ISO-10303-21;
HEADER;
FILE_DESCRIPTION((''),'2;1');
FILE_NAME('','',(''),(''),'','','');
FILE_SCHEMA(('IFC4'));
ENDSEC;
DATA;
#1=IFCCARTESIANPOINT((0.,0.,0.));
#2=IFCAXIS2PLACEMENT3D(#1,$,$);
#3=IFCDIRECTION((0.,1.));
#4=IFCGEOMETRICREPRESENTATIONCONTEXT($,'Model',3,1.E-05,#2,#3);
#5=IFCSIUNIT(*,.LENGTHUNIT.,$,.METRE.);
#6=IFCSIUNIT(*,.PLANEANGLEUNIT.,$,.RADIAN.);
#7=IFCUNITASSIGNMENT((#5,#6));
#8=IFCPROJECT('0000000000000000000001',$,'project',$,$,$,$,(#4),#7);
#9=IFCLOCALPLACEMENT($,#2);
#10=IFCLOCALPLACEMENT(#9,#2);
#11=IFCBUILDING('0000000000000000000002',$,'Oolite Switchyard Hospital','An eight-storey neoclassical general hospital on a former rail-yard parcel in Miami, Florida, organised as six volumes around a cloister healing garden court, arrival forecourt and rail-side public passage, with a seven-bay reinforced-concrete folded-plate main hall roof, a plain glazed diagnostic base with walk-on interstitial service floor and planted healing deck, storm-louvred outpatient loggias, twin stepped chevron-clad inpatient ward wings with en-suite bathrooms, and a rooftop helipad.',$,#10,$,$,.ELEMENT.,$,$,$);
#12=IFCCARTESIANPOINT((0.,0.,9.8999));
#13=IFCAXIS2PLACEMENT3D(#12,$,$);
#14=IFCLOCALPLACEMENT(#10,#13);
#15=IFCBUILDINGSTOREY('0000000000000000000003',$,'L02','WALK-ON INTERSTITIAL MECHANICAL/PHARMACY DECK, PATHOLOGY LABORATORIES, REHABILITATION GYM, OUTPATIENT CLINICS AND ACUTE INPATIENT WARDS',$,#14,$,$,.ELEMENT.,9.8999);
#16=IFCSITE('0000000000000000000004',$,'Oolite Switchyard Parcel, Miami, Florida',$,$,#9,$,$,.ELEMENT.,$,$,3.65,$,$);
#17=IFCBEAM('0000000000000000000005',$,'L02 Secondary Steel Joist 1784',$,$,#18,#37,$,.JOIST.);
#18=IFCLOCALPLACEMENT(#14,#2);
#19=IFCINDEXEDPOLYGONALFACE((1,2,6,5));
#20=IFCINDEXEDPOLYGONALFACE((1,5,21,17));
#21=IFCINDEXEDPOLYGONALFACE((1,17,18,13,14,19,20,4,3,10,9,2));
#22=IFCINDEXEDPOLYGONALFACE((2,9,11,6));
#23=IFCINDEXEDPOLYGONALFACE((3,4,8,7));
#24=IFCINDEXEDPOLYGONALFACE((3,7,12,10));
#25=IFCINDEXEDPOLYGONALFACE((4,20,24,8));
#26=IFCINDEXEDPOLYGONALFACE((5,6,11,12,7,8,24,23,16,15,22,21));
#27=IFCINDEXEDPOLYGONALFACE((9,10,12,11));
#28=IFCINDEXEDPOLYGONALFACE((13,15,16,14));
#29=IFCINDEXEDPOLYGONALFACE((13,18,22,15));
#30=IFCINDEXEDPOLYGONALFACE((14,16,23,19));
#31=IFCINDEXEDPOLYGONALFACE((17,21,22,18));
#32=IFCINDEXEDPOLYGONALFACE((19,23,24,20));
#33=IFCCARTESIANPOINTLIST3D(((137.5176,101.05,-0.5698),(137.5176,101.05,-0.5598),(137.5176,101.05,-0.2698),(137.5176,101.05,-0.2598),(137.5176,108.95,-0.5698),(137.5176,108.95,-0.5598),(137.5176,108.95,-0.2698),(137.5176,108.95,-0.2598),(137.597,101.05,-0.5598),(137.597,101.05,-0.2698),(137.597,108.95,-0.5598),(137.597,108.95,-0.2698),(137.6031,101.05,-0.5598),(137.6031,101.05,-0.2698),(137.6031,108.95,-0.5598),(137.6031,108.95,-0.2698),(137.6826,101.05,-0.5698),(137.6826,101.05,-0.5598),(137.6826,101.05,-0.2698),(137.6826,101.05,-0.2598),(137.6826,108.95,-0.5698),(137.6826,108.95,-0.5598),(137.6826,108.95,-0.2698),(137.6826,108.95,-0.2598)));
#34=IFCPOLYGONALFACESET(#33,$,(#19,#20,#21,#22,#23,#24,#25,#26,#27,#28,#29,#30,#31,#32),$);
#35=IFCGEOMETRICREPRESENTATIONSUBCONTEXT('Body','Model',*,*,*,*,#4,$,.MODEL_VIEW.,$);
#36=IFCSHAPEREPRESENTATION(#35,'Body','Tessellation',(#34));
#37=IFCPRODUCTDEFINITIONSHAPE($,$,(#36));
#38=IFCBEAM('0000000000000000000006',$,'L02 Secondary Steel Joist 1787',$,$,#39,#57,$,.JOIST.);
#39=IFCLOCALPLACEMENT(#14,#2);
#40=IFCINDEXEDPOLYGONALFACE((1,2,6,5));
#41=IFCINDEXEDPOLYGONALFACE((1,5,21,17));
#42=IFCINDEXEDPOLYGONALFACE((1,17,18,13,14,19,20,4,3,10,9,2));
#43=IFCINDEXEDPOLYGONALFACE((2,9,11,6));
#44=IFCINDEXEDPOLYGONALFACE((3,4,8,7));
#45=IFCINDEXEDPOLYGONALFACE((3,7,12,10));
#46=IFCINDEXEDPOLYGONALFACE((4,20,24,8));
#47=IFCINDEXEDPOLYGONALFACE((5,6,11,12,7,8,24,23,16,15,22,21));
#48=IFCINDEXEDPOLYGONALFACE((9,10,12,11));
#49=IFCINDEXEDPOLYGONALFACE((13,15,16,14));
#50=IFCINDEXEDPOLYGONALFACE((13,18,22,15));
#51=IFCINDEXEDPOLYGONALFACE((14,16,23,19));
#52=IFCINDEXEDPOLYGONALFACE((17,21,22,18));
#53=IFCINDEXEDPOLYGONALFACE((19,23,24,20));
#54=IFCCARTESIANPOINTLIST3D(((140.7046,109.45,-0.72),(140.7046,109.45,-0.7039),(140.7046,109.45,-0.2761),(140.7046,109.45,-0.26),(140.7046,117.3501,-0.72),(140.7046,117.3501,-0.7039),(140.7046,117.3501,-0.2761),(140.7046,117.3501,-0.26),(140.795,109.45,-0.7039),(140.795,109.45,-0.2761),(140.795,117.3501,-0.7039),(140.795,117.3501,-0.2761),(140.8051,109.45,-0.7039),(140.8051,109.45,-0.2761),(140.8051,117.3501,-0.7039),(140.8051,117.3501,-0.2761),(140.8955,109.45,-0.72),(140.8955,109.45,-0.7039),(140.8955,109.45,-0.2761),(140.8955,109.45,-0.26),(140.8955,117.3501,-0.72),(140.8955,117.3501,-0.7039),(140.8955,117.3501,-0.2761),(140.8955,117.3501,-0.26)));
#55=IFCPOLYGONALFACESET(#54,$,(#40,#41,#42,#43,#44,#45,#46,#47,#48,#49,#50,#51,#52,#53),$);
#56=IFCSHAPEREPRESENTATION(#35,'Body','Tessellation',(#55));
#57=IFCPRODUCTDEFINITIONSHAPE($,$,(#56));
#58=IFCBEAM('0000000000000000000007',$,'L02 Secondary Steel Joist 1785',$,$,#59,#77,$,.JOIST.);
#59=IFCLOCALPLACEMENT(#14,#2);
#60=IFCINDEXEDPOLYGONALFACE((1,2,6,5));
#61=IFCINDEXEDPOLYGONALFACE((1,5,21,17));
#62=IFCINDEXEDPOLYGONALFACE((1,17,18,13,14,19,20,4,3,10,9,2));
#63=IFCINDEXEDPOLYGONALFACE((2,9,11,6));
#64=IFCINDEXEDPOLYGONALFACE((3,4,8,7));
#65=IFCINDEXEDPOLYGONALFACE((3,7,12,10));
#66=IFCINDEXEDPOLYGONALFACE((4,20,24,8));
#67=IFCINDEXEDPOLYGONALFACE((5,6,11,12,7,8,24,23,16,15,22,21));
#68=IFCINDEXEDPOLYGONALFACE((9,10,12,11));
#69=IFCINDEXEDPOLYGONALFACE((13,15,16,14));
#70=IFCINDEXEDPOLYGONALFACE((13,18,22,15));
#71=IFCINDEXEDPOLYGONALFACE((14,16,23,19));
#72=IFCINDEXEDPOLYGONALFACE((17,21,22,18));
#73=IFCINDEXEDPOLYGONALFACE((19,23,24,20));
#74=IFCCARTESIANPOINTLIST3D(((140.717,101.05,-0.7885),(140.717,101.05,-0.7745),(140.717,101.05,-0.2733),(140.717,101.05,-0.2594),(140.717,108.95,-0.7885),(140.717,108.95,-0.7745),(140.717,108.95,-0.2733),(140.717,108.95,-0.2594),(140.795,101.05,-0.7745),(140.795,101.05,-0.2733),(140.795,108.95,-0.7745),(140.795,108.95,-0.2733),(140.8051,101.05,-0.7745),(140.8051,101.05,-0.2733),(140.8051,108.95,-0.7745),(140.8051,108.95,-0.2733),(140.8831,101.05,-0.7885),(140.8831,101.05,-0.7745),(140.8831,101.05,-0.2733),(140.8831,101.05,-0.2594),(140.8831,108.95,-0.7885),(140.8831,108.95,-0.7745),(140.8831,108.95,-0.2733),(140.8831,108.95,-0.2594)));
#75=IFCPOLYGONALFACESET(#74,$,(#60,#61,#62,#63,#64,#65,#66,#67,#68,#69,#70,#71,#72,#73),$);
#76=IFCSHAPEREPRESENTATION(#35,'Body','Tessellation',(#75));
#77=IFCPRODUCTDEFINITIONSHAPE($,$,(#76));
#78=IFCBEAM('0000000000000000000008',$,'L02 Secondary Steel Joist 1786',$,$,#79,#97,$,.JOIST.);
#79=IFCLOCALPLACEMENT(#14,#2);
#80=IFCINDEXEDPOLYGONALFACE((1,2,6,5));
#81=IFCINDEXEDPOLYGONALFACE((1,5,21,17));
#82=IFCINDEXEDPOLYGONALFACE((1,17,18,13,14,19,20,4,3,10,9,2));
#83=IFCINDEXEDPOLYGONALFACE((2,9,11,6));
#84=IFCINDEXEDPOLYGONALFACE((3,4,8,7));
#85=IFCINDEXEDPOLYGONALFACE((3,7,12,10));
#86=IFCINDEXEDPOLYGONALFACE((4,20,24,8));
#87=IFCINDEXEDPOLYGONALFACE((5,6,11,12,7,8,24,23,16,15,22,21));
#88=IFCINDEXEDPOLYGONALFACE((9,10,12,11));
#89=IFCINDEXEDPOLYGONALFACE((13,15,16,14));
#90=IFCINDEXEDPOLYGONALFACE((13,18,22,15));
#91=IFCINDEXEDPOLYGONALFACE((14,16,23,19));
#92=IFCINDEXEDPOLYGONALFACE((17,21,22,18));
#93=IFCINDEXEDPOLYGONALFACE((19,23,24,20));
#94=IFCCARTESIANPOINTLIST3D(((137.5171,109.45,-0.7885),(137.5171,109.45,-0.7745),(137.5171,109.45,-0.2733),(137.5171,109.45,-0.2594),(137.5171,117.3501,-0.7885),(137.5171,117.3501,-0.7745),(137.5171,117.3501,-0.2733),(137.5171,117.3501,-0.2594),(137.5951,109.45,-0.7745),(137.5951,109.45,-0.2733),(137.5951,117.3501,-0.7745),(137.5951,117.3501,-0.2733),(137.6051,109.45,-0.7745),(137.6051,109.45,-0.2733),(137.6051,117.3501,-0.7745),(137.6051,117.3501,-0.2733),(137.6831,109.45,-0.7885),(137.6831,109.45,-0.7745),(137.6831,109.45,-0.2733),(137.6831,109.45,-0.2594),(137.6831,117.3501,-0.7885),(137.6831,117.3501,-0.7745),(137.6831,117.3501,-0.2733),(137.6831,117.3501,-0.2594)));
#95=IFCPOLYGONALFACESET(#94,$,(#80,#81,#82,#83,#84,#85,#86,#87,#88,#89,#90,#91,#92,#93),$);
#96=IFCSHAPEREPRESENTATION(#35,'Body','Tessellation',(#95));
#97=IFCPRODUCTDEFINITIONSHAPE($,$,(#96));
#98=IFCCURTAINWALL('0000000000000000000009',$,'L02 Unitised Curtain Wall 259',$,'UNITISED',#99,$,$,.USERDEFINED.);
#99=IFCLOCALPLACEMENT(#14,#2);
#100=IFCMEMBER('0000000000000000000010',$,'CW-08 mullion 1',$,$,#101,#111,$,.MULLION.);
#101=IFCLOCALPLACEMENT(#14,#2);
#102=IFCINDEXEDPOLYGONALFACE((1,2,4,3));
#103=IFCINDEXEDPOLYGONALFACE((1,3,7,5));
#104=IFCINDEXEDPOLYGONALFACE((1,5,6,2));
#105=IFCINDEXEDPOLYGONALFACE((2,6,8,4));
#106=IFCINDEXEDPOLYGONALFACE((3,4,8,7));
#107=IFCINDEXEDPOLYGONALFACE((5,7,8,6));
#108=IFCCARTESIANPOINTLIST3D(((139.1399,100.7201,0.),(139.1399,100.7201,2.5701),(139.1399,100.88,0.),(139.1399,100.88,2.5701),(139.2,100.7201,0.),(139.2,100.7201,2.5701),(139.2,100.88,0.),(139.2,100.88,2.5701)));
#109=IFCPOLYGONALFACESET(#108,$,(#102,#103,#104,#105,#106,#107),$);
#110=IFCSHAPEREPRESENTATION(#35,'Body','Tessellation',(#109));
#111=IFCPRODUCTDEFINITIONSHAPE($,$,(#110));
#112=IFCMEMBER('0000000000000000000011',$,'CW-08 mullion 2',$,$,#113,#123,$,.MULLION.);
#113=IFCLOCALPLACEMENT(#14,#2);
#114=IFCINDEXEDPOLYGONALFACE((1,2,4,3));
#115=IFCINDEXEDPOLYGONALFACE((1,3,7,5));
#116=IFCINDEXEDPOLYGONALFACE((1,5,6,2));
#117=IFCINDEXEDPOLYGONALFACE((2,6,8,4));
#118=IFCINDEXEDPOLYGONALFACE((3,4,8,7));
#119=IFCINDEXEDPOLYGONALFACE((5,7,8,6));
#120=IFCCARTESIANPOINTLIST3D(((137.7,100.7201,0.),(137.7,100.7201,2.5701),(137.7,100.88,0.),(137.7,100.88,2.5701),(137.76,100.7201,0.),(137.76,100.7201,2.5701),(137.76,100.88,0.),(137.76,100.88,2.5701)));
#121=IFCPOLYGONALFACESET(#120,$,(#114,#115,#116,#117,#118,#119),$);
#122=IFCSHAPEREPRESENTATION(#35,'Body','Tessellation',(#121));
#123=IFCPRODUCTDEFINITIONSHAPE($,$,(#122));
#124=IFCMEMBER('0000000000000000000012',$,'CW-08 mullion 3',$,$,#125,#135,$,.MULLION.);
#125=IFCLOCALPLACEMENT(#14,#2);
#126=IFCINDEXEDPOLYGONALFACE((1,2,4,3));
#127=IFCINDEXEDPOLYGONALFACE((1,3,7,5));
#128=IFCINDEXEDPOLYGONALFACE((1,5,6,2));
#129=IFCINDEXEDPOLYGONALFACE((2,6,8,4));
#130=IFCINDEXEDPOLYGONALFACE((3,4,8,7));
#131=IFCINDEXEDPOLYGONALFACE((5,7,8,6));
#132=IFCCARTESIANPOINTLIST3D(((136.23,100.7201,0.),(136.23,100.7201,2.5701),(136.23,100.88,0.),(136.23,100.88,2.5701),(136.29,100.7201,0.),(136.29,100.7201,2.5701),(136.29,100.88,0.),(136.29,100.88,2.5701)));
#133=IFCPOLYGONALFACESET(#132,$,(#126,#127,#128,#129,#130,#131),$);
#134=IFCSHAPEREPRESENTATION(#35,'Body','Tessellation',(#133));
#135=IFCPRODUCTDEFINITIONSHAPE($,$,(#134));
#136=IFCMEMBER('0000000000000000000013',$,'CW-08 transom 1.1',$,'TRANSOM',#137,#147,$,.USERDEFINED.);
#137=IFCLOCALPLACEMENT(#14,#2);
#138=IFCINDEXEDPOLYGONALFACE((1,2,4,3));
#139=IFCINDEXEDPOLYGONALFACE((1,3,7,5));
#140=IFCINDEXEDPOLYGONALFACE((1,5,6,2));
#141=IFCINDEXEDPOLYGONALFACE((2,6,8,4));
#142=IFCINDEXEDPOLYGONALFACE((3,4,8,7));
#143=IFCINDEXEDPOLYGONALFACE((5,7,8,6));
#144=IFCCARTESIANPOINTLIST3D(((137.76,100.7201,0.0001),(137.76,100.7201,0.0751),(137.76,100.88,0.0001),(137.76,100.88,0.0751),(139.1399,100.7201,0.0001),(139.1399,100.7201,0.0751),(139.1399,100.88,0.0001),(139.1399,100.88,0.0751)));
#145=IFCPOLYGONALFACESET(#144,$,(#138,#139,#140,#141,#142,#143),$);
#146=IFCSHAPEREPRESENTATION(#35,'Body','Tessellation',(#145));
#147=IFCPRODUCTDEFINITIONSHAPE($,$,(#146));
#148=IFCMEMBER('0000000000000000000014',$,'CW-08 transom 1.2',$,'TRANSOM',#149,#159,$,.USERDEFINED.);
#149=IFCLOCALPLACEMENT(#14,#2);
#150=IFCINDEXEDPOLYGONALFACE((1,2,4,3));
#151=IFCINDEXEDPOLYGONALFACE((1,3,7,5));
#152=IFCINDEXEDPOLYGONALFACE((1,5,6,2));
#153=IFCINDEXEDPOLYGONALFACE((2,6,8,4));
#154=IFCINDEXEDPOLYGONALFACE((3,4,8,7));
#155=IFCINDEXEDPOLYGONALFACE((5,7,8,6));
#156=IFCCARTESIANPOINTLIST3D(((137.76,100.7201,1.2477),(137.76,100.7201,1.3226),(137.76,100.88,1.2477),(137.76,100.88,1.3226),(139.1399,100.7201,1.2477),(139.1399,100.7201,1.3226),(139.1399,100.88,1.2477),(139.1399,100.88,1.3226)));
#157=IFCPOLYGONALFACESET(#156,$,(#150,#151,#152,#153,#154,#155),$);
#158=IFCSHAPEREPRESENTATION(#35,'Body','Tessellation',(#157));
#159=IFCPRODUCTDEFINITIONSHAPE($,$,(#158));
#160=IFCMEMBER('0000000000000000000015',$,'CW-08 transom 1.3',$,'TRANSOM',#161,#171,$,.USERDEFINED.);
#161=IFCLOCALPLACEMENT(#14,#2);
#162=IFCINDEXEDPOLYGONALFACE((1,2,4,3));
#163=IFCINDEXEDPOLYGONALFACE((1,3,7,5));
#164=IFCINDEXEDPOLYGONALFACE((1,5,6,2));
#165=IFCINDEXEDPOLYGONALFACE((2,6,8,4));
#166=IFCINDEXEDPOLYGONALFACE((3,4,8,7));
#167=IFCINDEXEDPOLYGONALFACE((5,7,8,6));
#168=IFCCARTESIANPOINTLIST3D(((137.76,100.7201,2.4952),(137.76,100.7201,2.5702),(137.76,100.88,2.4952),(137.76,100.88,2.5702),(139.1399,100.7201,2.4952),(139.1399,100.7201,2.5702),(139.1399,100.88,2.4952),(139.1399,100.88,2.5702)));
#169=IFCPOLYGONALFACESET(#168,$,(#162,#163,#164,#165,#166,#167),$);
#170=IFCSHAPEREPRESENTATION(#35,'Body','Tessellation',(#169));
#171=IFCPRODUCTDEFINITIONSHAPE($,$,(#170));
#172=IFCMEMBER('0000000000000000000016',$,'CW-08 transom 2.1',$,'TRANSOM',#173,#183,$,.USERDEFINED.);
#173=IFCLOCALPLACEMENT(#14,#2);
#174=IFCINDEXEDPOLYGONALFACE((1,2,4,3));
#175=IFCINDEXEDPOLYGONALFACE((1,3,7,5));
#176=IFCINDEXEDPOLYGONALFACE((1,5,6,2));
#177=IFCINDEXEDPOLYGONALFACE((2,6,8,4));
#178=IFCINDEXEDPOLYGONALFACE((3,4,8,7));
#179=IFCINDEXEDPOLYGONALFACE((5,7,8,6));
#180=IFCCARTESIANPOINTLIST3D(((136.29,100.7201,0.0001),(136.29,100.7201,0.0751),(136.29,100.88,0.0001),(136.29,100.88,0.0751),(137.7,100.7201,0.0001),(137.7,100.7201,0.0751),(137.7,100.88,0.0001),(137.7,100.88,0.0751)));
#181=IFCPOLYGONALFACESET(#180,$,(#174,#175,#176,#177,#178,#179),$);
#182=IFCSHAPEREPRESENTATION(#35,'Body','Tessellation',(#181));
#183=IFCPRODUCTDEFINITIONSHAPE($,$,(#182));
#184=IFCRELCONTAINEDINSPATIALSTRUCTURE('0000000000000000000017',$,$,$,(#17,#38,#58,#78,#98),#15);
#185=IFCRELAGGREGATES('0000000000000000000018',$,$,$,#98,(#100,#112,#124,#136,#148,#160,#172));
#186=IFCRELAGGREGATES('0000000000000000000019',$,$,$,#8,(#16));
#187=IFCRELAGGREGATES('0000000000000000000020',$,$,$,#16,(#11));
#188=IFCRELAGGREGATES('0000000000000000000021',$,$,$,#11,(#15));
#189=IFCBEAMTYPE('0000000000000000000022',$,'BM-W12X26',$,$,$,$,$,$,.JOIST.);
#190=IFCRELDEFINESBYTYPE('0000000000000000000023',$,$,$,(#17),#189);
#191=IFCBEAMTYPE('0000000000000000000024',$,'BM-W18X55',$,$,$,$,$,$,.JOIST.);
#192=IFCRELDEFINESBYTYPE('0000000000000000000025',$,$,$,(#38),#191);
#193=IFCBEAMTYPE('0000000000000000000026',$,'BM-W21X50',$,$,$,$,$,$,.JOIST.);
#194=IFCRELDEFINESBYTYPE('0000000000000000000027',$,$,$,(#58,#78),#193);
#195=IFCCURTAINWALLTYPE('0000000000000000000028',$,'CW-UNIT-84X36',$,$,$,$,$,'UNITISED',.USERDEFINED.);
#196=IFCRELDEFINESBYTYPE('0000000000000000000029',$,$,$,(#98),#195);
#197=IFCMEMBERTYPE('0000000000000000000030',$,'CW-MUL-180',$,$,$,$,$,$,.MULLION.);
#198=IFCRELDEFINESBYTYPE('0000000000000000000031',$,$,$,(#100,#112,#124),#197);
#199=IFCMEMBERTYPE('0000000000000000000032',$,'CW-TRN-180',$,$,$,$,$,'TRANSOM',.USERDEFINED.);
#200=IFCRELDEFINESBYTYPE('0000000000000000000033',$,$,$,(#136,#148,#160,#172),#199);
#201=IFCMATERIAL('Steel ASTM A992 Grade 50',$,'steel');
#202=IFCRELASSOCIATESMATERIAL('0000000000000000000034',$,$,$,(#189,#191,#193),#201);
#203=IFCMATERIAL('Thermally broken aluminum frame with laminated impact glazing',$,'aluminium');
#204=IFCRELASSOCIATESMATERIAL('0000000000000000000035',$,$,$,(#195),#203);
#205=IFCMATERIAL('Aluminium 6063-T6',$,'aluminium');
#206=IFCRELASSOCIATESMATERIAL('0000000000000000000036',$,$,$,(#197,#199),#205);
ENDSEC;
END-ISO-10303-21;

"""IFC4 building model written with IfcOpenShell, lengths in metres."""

from ifc_helpers import new_model, si_unit, direction, frame, origin, origin_2d, place, context, subcontext, project, spatial, rectangle, i_section, extrude, material, material_profile, profile_set, type_object, element, aggregate, save


model = new_model("IFC4")

# Units and contexts
model_context = context("Model", 3, precision=1e-05, world=origin(), true_north=direction((0.0, 1.0)))
body_context = subcontext(model_context, "Body", "Model", "MODEL_VIEW")
ifc_project = project(units=[si_unit("LENGTHUNIT", "METRE"), si_unit("PLANEANGLEUNIT", "RADIAN")], contexts=[model_context])

# Site, building, storey
site_placement = place(None, origin())
site = spatial("IfcSite", under=ifc_project, at=site_placement, Name="Oolite Switchyard Parcel, Miami, Florida", CompositionType="ELEMENT", RefElevation=3.65)
building_placement = place(site_placement, origin())
building = spatial("IfcBuilding", under=site, at=building_placement, Name="Oolite Switchyard Hospital", Description="An eight-storey neoclassical general hospital on a former rail-yard parcel in Miami, Florida, organised as six volumes around a cloister healing garden court, arrival forecourt and rail-side public passage, with a seven-bay reinforced-concrete folded-plate main hall roof, a plain glazed diagnostic base with walk-on interstitial service floor and planted healing deck, storm-louvred outpatient loggias, twin stepped chevron-clad inpatient ward wings with en-suite bathrooms, and a rooftop helipad.", CompositionType="ELEMENT")
storey_placement = place(building_placement, frame((0.0, 0.0, 9.8999)))
storey = spatial("IfcBuildingStorey", under=building, at=storey_placement, Name="L02", Description="WALK-ON INTERSTITIAL MECHANICAL/PHARMACY DECK, PATHOLOGY LABORATORIES, REHABILITATION GYM, OUTPATIENT CLINICS AND ACUTE INPATIENT WARDS", CompositionType="ELEMENT", Elevation=9.8999)

# Beams
ifc_material_1 = material(Name="Steel ASTM A992 Grade 50", Category="steel")
ifc_material_profile_1 = material_profile(ifc_material_1, i_section(OverallWidth=0.165, OverallDepth=0.3101, WebThickness=0.0061, FlangeThickness=0.01, at=origin_2d()), Name="W12X26")
ifc_profile_set_1 = profile_set([ifc_material_profile_1], Name="Steel ASTM A992 Grade 50")
beam_type_1 = type_object("IfcBeamType", Name="BM-W12X26", PredefinedType="JOIST", material=ifc_profile_set_1)
beam_1_placement = place(storey_placement, frame((137.6001, 101.05, -0.4148), z_axis=(0.0, 1.0, 0.0), x_axis=(-1.0, 0.0, 0.0)))
element("IfcBeam", 1, at=beam_1_placement, inside=storey, type_object=beam_type_1, Name="L02 Secondary Steel Joist 1784", PredefinedType="JOIST", context=body_context, shape_type="SweptSolid", body=[
    extrude(i_section(OverallWidth=0.165, OverallDepth=0.3101, WebThickness=0.0061, FlangeThickness=0.01, at=origin_2d()), origin(), (0.0, 0.0, 1.0), 7.8999),
])
ifc_material_profile_2 = material_profile(ifc_material_1, i_section(OverallWidth=0.1909, OverallDepth=0.46, WebThickness=0.01, FlangeThickness=0.0161, at=origin_2d()), Name="W18X55")
ifc_profile_set_2 = profile_set([ifc_material_profile_2], Name="Steel ASTM A992 Grade 50")
beam_type_2 = type_object("IfcBeamType", Name="BM-W18X55", PredefinedType="JOIST", material=ifc_profile_set_2)
beam_2_placement = place(storey_placement, frame((140.8, 109.45, -0.49), z_axis=(0.0, 1.0, 0.0), x_axis=(-1.0, 0.0, 0.0)))
element("IfcBeam", 2, at=beam_2_placement, inside=storey, type_object=beam_type_2, Name="L02 Secondary Steel Joist 1787", PredefinedType="JOIST", context=body_context, shape_type="SweptSolid", body=[
    extrude(i_section(OverallWidth=0.1909, OverallDepth=0.46, WebThickness=0.01, FlangeThickness=0.0161, at=origin_2d()), origin(), (0.0, 0.0, 1.0), 7.9001),
])
ifc_material_profile_3 = material_profile(ifc_material_1, i_section(OverallWidth=0.166, OverallDepth=0.5291, WebThickness=0.01, FlangeThickness=0.0139, at=origin_2d()), Name="W21X50")
ifc_profile_set_3 = profile_set([ifc_material_profile_3], Name="Steel ASTM A992 Grade 50")
beam_type_3 = type_object("IfcBeamType", Name="BM-W21X50", PredefinedType="JOIST", material=ifc_profile_set_3)
beam_3_placement = place(storey_placement, frame((140.8, 101.05, -0.5239), z_axis=(0.0, 1.0, 0.0), x_axis=(-1.0, 0.0, 0.0)))
element("IfcBeam", 3, at=beam_3_placement, inside=storey, type_object=beam_type_3, Name="L02 Secondary Steel Joist 1785", PredefinedType="JOIST", context=body_context, shape_type="SweptSolid", body=[
    extrude(i_section(OverallWidth=0.166, OverallDepth=0.5291, WebThickness=0.01, FlangeThickness=0.0139, at=origin_2d()), origin(), (0.0, 0.0, 1.0), 7.8999),
])
beam_4_placement = place(storey_placement, frame((137.6001, 109.45, -0.5239), z_axis=(0.0, 1.0, 0.0), x_axis=(-1.0, 0.0, 0.0)))
element("IfcBeam", 4, at=beam_4_placement, inside=storey, type_object=beam_type_3, Name="L02 Secondary Steel Joist 1786", PredefinedType="JOIST", context=body_context, shape_type="SweptSolid", body=[
    extrude(i_section(OverallWidth=0.166, OverallDepth=0.5291, WebThickness=0.01, FlangeThickness=0.0139, at=origin_2d()), origin(), (0.0, 0.0, 1.0), 7.9001),
])

# Curtain wall, members
ifc_material_2 = material(Name="Thermally broken aluminum frame with laminated impact glazing", Category="aluminium")
curtain_wall_type = type_object("IfcCurtainWallType", Name="CW-UNIT-84X36", ElementType="UNITISED", PredefinedType="USERDEFINED", material=ifc_material_2)
curtain_wall_placement = place(storey_placement, origin())
curtain_wall = element("IfcCurtainWall", 5, at=curtain_wall_placement, inside=storey, type_object=curtain_wall_type, Name="L02 Unitised Curtain Wall 259", ObjectType="UNITISED", PredefinedType="USERDEFINED")
ifc_material_3 = material(Name="Aluminium 6063-T6", Category="aluminium")
ifc_material_profile_4 = material_profile(ifc_material_3, rectangle(XDim=0.1599, YDim=0.0601, at=origin_2d()), Name="CWM60X160")
ifc_profile_set_4 = profile_set([ifc_material_profile_4], Name="Aluminium 6063-T6")
member_type_1 = type_object("IfcMemberType", Name="CW-MUL-180", PredefinedType="MULLION", material=ifc_profile_set_4)
member_1_placement = place(storey_placement, frame((139.1699, 100.8, 0.0), z_axis=(0.0, 0.0, 1.0), x_axis=(0.0, -1.0, 0.0)))
member_1 = element("IfcMember", 6, at=member_1_placement, type_object=member_type_1, Name="CW-08 mullion 1", PredefinedType="MULLION", context=body_context, shape_type="SweptSolid", body=[
    extrude(rectangle(XDim=0.1599, YDim=0.0601, at=origin_2d()), origin(), (0.0, 0.0, 1.0), 2.5701),
])
member_2_placement = place(storey_placement, frame((137.73, 100.8, 0.0), z_axis=(0.0, 0.0, 1.0), x_axis=(0.0, -1.0, 0.0)))
member_2 = element("IfcMember", 7, at=member_2_placement, type_object=member_type_1, Name="CW-08 mullion 2", PredefinedType="MULLION", context=body_context, shape_type="SweptSolid", body=[
    extrude(rectangle(XDim=0.1599, YDim=0.0601, at=origin_2d()), origin(), (0.0, 0.0, 1.0), 2.5701),
])
member_3_placement = place(storey_placement, frame((136.26, 100.8, 0.0), z_axis=(0.0, 0.0, 1.0), x_axis=(0.0, -1.0, 0.0)))
member_3 = element("IfcMember", 8, at=member_3_placement, type_object=member_type_1, Name="CW-08 mullion 3", PredefinedType="MULLION", context=body_context, shape_type="SweptSolid", body=[
    extrude(rectangle(XDim=0.1599, YDim=0.0601, at=origin_2d()), origin(), (0.0, 0.0, 1.0), 2.5701),
])
ifc_material_profile_5 = material_profile(ifc_material_3, rectangle(XDim=0.1599, YDim=0.075, at=origin_2d()), Name="CWT75X160")
ifc_profile_set_5 = profile_set([ifc_material_profile_5], Name="Aluminium 6063-T6")
member_type_2 = type_object("IfcMemberType", Name="CW-TRN-180", ElementType="TRANSOM", PredefinedType="USERDEFINED", material=ifc_profile_set_5)
member_4_placement = place(storey_placement, frame((139.1399, 100.8, 0.0376), z_axis=(-1.0, 0.0, 0.0), x_axis=(0.0, -1.0, 0.0)))
member_4 = element("IfcMember", 9, at=member_4_placement, type_object=member_type_2, Name="CW-08 transom 1.1", ObjectType="TRANSOM", PredefinedType="USERDEFINED", context=body_context, shape_type="SweptSolid", body=[
    extrude(rectangle(XDim=0.1599, YDim=0.075, at=origin_2d()), origin(), (0.0, 0.0, 1.0), 1.3799),
])
member_5_placement = place(storey_placement, frame((139.1399, 100.8, 1.2852), z_axis=(-1.0, 0.0, 0.0), x_axis=(0.0, -1.0, 0.0)))
member_5 = element("IfcMember", 10, at=member_5_placement, type_object=member_type_2, Name="CW-08 transom 1.2", ObjectType="TRANSOM", PredefinedType="USERDEFINED", context=body_context, shape_type="SweptSolid", body=[
    extrude(rectangle(XDim=0.1599, YDim=0.075, at=origin_2d()), origin(), (0.0, 0.0, 1.0), 1.3799),
])
member_6_placement = place(storey_placement, frame((139.1399, 100.8, 2.5327), z_axis=(-1.0, 0.0, 0.0), x_axis=(0.0, -1.0, 0.0)))
member_6 = element("IfcMember", 11, at=member_6_placement, type_object=member_type_2, Name="CW-08 transom 1.3", ObjectType="TRANSOM", PredefinedType="USERDEFINED", context=body_context, shape_type="SweptSolid", body=[
    extrude(rectangle(XDim=0.1599, YDim=0.075, at=origin_2d()), origin(), (0.0, 0.0, 1.0), 1.3799),
])
member_7_placement = place(storey_placement, frame((137.7, 100.8, 0.0376), z_axis=(-1.0, 0.0, 0.0), x_axis=(0.0, -1.0, 0.0)))
member_7 = element("IfcMember", 12, at=member_7_placement, type_object=member_type_2, Name="CW-08 transom 2.1", ObjectType="TRANSOM", PredefinedType="USERDEFINED", context=body_context, shape_type="SweptSolid", body=[
    extrude(rectangle(XDim=0.1599, YDim=0.075, at=origin_2d()), origin(), (0.0, 0.0, 1.0), 1.4099),
])
aggregate(curtain_wall, [member_1, member_2, member_3, member_4, member_5, member_6, member_7])

save(model, "model.ifc")
